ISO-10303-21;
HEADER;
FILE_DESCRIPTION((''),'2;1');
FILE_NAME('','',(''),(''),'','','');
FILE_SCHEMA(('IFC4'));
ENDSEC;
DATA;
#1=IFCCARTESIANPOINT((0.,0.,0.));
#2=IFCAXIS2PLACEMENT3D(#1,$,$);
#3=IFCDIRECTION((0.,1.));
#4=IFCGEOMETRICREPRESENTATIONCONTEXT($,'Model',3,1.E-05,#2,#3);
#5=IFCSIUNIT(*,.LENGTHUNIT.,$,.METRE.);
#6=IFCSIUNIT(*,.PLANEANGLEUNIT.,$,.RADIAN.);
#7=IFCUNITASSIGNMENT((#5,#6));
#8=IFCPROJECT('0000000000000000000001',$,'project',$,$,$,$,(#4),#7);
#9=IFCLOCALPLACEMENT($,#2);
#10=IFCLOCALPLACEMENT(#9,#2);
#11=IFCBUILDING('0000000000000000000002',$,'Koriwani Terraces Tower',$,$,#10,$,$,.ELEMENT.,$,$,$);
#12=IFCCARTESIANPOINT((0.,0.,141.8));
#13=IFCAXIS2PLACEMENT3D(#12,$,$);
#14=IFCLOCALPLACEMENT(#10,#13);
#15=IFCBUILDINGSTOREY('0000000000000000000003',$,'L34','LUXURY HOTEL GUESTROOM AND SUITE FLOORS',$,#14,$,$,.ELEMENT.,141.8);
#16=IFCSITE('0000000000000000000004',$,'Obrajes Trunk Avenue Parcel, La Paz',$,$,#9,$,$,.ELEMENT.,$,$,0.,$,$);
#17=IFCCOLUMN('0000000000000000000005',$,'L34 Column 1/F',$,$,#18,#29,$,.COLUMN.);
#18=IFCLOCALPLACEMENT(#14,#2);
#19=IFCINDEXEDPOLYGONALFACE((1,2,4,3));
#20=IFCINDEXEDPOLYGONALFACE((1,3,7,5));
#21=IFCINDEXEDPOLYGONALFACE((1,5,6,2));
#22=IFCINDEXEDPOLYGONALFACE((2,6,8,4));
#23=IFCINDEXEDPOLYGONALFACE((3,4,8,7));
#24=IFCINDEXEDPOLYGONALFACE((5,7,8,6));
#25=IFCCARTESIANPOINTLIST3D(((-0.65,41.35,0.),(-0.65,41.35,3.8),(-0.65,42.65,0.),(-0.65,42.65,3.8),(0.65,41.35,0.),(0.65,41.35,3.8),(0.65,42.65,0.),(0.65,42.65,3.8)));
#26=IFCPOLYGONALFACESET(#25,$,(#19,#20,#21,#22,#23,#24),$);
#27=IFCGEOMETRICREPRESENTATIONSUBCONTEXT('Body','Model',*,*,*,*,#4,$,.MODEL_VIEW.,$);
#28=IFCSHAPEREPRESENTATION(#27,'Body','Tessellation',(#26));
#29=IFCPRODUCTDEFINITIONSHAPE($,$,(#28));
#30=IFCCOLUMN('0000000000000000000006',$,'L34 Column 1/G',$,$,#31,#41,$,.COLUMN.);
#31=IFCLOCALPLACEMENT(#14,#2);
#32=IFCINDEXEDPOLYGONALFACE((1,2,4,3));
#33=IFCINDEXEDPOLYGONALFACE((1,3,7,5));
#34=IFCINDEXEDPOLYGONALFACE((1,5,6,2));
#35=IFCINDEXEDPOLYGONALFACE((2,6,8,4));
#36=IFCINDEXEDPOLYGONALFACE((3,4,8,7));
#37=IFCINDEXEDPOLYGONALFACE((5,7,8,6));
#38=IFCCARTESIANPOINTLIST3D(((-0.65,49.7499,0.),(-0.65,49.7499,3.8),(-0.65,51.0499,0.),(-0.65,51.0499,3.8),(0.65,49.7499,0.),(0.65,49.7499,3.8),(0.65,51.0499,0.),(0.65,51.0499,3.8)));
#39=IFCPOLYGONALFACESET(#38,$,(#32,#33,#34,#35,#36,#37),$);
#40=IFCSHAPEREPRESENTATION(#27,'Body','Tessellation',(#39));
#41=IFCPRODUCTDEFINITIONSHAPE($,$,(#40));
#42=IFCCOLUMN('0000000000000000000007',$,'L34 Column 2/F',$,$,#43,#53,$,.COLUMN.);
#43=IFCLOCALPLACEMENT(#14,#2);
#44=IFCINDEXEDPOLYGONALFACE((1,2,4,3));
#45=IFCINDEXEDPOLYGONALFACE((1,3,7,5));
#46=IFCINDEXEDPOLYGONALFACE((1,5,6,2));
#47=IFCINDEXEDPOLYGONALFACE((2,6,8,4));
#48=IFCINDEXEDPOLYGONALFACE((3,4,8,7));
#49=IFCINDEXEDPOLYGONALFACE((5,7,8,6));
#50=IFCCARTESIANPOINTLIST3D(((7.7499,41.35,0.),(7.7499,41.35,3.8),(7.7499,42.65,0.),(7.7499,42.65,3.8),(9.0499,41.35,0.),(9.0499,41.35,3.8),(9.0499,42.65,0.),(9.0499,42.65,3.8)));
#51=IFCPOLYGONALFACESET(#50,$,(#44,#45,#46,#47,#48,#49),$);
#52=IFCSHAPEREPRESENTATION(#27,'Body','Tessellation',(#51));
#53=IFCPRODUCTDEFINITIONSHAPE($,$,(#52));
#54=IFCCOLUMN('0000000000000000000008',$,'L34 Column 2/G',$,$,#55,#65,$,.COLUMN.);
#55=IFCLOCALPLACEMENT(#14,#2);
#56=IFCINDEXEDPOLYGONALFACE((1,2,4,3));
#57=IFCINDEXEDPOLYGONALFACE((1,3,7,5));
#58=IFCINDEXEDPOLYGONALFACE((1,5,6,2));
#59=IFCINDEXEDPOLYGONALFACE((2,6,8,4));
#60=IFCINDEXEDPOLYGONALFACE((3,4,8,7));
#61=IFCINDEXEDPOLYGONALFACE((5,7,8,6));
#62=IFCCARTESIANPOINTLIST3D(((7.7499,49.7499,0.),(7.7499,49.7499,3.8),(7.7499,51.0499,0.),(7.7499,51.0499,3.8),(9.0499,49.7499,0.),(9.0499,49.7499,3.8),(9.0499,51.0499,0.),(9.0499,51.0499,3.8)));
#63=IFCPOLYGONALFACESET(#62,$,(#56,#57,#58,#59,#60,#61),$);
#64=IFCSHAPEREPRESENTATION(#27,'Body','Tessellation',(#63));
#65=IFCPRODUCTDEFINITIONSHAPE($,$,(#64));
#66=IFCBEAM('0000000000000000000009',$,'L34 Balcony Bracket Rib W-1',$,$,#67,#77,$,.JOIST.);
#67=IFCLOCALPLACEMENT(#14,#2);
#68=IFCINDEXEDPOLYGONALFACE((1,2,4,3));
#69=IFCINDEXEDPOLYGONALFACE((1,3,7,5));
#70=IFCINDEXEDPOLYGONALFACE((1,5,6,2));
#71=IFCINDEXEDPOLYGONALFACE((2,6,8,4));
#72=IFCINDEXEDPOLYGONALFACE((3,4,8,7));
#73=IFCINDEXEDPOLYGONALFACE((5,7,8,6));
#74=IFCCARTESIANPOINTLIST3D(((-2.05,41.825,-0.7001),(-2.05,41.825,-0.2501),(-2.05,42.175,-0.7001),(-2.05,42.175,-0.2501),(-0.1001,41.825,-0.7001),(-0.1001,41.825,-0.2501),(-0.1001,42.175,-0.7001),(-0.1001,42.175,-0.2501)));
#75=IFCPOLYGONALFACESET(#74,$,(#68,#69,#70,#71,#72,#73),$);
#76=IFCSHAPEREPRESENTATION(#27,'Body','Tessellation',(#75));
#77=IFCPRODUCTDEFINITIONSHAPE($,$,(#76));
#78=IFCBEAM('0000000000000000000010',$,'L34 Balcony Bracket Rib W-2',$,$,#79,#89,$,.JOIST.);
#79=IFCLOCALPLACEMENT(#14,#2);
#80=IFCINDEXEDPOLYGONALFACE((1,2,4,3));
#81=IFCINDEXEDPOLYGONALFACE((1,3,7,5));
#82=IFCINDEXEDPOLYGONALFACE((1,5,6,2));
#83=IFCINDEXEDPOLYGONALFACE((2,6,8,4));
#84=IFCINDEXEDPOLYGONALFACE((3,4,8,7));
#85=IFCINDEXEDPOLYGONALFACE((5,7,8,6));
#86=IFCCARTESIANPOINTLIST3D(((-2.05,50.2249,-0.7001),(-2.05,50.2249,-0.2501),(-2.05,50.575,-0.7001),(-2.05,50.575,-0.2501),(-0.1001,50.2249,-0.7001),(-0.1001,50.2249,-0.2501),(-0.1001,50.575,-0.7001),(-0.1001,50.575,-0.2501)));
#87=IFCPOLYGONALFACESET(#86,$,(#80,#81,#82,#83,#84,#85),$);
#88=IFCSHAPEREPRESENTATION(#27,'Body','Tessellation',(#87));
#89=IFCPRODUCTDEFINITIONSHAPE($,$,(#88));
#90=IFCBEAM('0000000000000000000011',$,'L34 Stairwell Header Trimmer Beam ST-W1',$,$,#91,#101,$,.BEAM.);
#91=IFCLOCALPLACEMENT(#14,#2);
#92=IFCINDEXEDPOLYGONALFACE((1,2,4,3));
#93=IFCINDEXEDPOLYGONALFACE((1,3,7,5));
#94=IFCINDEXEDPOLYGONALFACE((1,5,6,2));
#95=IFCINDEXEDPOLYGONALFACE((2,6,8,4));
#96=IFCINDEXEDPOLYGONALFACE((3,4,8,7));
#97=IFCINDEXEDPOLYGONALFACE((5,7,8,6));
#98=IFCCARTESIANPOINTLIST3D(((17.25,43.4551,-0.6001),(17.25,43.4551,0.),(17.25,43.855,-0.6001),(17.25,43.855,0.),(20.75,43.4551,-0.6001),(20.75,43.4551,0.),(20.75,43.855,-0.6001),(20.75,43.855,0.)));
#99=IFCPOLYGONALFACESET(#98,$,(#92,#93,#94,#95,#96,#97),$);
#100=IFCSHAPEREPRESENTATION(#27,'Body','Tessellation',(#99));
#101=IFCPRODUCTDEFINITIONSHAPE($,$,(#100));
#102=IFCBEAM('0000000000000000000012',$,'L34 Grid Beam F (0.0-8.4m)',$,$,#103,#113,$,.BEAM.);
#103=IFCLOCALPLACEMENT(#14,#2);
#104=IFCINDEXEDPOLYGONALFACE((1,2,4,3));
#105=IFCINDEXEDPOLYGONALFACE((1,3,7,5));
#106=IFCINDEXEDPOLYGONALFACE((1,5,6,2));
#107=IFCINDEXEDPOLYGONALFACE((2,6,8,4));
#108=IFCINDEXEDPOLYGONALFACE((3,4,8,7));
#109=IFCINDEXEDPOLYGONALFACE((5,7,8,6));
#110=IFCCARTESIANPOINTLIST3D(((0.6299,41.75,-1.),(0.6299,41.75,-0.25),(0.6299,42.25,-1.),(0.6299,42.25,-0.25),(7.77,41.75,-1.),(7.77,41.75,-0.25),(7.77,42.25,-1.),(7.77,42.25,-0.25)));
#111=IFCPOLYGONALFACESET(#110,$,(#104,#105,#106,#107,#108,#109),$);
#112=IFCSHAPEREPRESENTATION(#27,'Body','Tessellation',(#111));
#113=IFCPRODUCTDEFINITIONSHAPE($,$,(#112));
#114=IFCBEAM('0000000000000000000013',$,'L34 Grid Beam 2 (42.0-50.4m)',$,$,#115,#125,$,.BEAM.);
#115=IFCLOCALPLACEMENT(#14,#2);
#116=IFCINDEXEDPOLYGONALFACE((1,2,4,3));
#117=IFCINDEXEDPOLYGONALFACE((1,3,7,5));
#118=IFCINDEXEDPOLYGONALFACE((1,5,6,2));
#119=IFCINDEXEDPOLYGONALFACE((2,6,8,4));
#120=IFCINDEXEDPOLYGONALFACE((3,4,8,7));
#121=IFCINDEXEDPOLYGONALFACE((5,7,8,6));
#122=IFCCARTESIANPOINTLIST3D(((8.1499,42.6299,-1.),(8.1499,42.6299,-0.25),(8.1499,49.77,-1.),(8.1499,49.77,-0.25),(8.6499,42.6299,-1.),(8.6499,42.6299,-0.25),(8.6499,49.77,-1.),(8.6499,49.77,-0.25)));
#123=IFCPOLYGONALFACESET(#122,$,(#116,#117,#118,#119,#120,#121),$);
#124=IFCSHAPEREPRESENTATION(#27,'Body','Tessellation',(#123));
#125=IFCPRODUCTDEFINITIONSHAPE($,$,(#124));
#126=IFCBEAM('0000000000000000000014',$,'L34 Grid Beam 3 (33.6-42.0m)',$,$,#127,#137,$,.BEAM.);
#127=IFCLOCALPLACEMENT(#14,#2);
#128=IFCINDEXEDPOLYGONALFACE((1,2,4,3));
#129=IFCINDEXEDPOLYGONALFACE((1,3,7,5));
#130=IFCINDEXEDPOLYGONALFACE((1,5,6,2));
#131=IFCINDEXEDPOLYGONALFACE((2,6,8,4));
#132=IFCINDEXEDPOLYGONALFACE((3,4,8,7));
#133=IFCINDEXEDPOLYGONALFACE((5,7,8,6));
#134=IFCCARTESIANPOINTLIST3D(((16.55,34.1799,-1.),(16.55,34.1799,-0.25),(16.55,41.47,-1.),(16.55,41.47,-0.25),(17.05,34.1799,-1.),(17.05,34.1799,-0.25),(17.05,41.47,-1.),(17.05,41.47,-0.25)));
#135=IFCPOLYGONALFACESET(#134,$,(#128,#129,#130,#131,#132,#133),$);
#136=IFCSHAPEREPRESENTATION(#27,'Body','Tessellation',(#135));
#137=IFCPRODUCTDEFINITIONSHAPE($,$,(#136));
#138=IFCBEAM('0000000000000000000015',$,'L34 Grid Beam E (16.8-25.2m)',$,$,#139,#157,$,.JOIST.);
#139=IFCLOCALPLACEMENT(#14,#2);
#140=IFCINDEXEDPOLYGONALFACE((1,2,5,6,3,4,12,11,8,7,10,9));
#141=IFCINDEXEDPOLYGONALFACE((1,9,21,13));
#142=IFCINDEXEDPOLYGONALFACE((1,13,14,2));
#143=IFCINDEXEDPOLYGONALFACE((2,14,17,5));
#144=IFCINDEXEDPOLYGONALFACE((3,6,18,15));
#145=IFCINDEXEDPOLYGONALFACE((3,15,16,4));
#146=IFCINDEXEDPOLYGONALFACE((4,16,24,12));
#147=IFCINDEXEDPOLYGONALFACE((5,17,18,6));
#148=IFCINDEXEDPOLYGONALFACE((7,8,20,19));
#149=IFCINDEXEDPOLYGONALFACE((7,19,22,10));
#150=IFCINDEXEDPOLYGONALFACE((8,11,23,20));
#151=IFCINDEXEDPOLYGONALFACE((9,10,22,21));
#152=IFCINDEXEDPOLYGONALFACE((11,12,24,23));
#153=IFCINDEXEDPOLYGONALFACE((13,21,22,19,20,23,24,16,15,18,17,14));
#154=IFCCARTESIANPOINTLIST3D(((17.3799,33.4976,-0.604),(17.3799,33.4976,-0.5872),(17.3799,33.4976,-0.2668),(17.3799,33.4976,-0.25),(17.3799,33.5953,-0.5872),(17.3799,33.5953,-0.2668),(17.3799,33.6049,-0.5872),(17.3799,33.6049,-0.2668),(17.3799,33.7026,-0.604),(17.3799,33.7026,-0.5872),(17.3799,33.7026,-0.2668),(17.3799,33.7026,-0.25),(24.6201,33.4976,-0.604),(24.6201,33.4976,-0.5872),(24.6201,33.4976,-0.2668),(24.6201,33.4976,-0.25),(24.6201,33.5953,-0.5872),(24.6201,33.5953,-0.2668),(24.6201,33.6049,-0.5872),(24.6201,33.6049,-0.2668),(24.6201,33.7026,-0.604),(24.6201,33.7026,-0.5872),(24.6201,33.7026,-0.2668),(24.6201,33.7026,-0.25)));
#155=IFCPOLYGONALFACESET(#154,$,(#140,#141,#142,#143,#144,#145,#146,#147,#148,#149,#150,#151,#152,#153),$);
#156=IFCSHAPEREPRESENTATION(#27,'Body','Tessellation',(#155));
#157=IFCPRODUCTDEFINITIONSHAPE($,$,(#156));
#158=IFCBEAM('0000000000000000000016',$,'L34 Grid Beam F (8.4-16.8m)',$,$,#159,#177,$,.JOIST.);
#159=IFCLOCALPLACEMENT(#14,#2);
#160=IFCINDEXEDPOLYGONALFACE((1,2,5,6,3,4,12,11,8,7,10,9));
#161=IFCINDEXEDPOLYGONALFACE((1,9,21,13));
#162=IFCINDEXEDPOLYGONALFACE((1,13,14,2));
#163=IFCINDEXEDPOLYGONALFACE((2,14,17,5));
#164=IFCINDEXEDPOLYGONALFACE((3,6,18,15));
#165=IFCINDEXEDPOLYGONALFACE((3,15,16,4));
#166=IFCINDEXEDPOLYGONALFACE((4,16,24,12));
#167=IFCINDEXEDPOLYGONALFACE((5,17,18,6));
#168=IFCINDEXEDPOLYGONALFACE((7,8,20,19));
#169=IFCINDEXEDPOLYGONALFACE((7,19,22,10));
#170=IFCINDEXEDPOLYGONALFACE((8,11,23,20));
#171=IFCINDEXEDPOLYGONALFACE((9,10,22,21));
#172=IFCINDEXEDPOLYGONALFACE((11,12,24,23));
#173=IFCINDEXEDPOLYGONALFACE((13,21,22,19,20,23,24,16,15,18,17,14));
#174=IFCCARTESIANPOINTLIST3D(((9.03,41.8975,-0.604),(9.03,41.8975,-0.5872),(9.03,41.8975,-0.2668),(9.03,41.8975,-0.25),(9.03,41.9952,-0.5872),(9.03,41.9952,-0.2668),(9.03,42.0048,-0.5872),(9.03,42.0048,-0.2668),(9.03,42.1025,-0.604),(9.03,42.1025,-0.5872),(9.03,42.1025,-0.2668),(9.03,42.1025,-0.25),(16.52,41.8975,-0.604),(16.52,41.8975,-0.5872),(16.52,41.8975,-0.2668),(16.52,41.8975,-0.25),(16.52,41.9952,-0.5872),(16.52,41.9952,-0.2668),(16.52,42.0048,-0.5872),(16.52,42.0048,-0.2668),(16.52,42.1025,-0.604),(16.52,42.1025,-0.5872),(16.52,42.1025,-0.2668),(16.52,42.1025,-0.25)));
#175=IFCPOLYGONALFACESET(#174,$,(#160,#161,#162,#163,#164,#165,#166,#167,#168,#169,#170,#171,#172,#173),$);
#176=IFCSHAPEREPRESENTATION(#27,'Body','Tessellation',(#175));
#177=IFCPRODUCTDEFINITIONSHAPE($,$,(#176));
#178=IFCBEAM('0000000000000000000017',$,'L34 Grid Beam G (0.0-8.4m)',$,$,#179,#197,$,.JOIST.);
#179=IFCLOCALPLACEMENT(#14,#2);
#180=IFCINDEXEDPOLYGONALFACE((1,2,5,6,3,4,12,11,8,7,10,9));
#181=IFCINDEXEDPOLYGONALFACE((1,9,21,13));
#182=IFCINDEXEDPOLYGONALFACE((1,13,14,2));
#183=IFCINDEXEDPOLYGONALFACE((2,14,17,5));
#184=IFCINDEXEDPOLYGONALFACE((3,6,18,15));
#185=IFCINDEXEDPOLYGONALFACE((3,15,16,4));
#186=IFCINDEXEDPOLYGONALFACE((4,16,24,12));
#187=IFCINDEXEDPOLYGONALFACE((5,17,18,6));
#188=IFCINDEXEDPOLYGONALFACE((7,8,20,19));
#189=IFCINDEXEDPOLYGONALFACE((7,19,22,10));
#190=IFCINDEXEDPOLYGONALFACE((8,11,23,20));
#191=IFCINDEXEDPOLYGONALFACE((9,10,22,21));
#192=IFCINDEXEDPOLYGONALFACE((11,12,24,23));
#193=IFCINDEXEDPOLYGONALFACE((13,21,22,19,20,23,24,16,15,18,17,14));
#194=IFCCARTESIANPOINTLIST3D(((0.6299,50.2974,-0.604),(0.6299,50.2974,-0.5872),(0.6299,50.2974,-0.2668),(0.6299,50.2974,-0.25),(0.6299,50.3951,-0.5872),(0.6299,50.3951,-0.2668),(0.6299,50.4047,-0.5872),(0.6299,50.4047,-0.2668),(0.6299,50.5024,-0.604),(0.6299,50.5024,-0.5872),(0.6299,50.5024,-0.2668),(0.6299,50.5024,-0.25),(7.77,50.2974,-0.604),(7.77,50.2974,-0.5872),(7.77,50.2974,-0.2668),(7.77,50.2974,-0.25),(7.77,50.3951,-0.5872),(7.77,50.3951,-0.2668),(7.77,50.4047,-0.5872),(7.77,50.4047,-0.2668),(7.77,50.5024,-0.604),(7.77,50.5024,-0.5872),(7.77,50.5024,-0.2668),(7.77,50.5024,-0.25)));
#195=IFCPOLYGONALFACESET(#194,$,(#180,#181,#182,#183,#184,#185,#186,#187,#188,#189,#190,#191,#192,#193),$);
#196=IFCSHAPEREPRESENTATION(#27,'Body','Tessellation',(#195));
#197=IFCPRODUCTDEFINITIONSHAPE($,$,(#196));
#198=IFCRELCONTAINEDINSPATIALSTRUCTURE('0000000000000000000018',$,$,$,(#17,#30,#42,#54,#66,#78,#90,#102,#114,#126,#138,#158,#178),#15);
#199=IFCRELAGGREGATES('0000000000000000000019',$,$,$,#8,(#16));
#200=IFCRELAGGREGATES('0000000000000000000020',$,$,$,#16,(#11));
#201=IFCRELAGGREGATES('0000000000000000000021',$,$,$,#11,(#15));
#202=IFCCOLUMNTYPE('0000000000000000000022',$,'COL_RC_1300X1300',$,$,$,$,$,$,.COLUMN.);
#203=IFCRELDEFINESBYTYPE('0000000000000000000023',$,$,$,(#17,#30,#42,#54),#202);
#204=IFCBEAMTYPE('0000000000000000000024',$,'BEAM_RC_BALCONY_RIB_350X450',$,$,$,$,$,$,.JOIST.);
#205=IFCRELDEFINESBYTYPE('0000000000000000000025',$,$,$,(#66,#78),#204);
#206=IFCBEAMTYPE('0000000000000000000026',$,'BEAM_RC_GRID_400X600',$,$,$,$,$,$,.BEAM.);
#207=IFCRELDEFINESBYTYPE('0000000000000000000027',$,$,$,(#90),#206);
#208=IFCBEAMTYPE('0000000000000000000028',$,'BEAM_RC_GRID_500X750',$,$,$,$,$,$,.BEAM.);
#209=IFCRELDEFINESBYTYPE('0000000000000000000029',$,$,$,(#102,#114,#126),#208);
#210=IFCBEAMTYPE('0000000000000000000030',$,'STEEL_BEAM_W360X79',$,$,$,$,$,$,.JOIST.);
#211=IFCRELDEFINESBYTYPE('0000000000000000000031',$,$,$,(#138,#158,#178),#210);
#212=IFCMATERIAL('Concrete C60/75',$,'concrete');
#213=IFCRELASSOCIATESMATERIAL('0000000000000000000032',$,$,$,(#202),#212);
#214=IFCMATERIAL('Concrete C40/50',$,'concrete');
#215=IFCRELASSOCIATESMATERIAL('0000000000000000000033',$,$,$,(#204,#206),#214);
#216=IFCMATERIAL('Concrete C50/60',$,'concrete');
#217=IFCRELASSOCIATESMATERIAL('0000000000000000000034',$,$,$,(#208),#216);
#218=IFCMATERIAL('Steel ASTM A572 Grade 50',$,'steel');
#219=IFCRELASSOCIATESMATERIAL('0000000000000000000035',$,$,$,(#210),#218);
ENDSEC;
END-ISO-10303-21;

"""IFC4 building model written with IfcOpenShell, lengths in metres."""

from ifc_helpers import new_model, si_unit, direction, frame, origin, origin_2d, place, context, subcontext, project, spatial, rectangle, i_section, extrude, material, material_profile, profile_set, type_object, element, save


model = new_model("IFC4")

# Units and contexts
model_context = context("Model", 3, precision=1e-05, world=origin(), true_north=direction((0.0, 1.0)))
body_context = subcontext(model_context, "Body", "Model", "MODEL_VIEW")
ifc_project = project(units=[si_unit("LENGTHUNIT", "METRE"), si_unit("PLANEANGLEUNIT", "RADIAN")], contexts=[model_context])

# Site, building, storey
site_placement = place(None, origin())
site = spatial("IfcSite", under=ifc_project, at=site_placement, Name="Obrajes Trunk Avenue Parcel, La Paz", CompositionType="ELEMENT", RefElevation=0.0)
building_placement = place(site_placement, origin())
building = spatial("IfcBuilding", under=site, at=building_placement, Name="Koriwani Terraces Tower", CompositionType="ELEMENT")
storey_placement = place(building_placement, frame((0.0, 0.0, 141.8)))
storey = spatial("IfcBuildingStorey", under=building, at=storey_placement, Name="L34", Description="LUXURY HOTEL GUESTROOM AND SUITE FLOORS", CompositionType="ELEMENT", Elevation=141.8)

# Columns
ifc_material_1 = material(Name="Concrete C60/75", Category="concrete")
ifc_material_profile_1 = material_profile(ifc_material_1, rectangle(XDim=1.3, YDim=1.3, at=origin_2d()), Name="Concrete C60/75", Category="LoadBearing")
ifc_profile_set_1 = profile_set([ifc_material_profile_1], Name="Concrete C60/75")
column_type = type_object("IfcColumnType", Name="COL_RC_1300X1300", PredefinedType="COLUMN", material=ifc_profile_set_1)
for number, where, z_axis, x_axis, name in (
    (1, (0.0, 42.0, 0.0), (0.0, 0.0, 1.0), (1.0, 0.0, 0.0), "L34 Column 1/F"),
    (2, (0.0, 50.3999, 0.0), (0.0, 0.0, 1.0), (1.0, 0.0, 0.0), "L34 Column 1/G"),
    (3, (8.3999, 42.0, 0.0), (0.0, 0.0, 1.0), (1.0, 0.0, 0.0), "L34 Column 2/F"),
    (4, (8.3999, 50.3999, 0.0), (0.0, 0.0, 1.0), (1.0, 0.0, 0.0), "L34 Column 2/G"),
):
    element("IfcColumn", number, at=place(storey_placement, frame(where, z_axis=z_axis, x_axis=x_axis)), inside=storey, type_object=column_type, Name=name, PredefinedType="COLUMN", context=body_context, shape_type="SweptSolid", body=[
        extrude(rectangle(XDim=1.3, YDim=1.3, at=origin_2d()), origin(), (0.0, 0.0, 1.0), 3.8),
    ])

# Beams
ifc_material_2 = material(Name="Concrete C40/50", Category="concrete")
ifc_material_profile_2 = material_profile(ifc_material_2, rectangle(XDim=0.3501, YDim=0.45, at=origin_2d()), Name="Concrete C40/50", Category="LoadBearing")
ifc_profile_set_2 = profile_set([ifc_material_profile_2], Name="Concrete C40/50")
beam_type_1 = type_object("IfcBeamType", Name="BEAM_RC_BALCONY_RIB_350X450", PredefinedType="JOIST", material=ifc_profile_set_2)
for number, where, z_axis, x_axis, name in (
    (5, (-2.05, 42.0, -0.4751), (1.0, 0.0, 0.0), (0.0, 1.0, 0.0), "L34 Balcony Bracket Rib W-1"),
    (6, (-2.05, 50.3999, -0.4751), (1.0, 0.0, 0.0), (0.0, 1.0, 0.0), "L34 Balcony Bracket Rib W-2"),
):
    element("IfcBeam", number, at=place(storey_placement, frame(where, z_axis=z_axis, x_axis=x_axis)), inside=storey, type_object=beam_type_1, Name=name, PredefinedType="JOIST", context=body_context, shape_type="SweptSolid", body=[
        extrude(rectangle(XDim=0.3501, YDim=0.45, at=origin_2d()), origin(), (0.0, 0.0, 1.0), 1.95),
    ])
ifc_material_profile_3 = material_profile(ifc_material_2, rectangle(XDim=0.3999, YDim=0.6001, at=origin_2d()), Name="Concrete C40/50", Category="LoadBearing")
ifc_profile_set_3 = profile_set([ifc_material_profile_3], Name="Concrete C40/50")
beam_type_2 = type_object("IfcBeamType", Name="BEAM_RC_GRID_400X600", PredefinedType="BEAM", material=ifc_profile_set_3)
beam_1_placement = place(storey_placement, frame((17.25, 43.655, -0.3), z_axis=(1.0, 0.0, 0.0), x_axis=(0.0, 1.0, 0.0)))
element("IfcBeam", 7, at=beam_1_placement, inside=storey, type_object=beam_type_2, Name="L34 Stairwell Header Trimmer Beam ST-W1", PredefinedType="BEAM", context=body_context, shape_type="SweptSolid", body=[
    extrude(rectangle(XDim=0.3999, YDim=0.6001, at=origin_2d()), origin(), (0.0, 0.0, 1.0), 3.5),
])
ifc_material_3 = material(Name="Concrete C50/60", Category="concrete")
ifc_material_profile_4 = material_profile(ifc_material_3, rectangle(XDim=0.5, YDim=0.75, at=origin_2d()), Name="Concrete C50/60", Category="LoadBearing")
ifc_profile_set_4 = profile_set([ifc_material_profile_4], Name="Concrete C50/60")
beam_type_3 = type_object("IfcBeamType", Name="BEAM_RC_GRID_500X750", PredefinedType="BEAM", material=ifc_profile_set_4)
for number, where, z_axis, x_axis, name in (
    (8, (0.6299, 42.0, -0.625), (1.0, 0.0, 0.0), (0.0, 1.0, 0.0), "L34 Grid Beam F (0.0-8.4m)"),
    (9, (8.3999, 42.6299, -0.625), (0.0, 1.0, 0.0), (-1.0, 0.0, 0.0), "L34 Grid Beam 2 (42.0-50.4m)"),
):
    element("IfcBeam", number, at=place(storey_placement, frame(where, z_axis=z_axis, x_axis=x_axis)), inside=storey, type_object=beam_type_3, Name=name, PredefinedType="BEAM", context=body_context, shape_type="SweptSolid", body=[
        extrude(rectangle(XDim=0.5, YDim=0.75, at=origin_2d()), origin(), (0.0, 0.0, 1.0), 7.1401),
    ])
beam_2_placement = place(storey_placement, frame((16.8, 34.1799, -0.625), z_axis=(0.0, 1.0, 0.0), x_axis=(-1.0, 0.0, 0.0)))
element("IfcBeam", 10, at=beam_2_placement, inside=storey, type_object=beam_type_3, Name="L34 Grid Beam 3 (33.6-42.0m)", PredefinedType="BEAM", context=body_context, shape_type="SweptSolid", body=[
    extrude(rectangle(XDim=0.5, YDim=0.75, at=origin_2d()), origin(), (0.0, 0.0, 1.0), 7.29),
])
ifc_material_4 = material(Name="Steel ASTM A572 Grade 50", Category="steel")
ifc_material_profile_5 = material_profile(ifc_material_4, i_section(OverallWidth=0.2051, OverallDepth=0.354, WebThickness=0.0095, FlangeThickness=0.0168, at=origin_2d()), Name="Steel ASTM A572 Grade 50", Category="LoadBearing")
ifc_profile_set_5 = profile_set([ifc_material_profile_5], Name="Steel ASTM A572 Grade 50")
beam_type_4 = type_object("IfcBeamType", Name="STEEL_BEAM_W360X79", PredefinedType="JOIST", material=ifc_profile_set_5)
beam_3_placement = place(storey_placement, frame((17.3799, 33.6001, -0.427), z_axis=(1.0, 0.0, 0.0), x_axis=(0.0, 1.0, 0.0)))
element("IfcBeam", 11, at=beam_3_placement, inside=storey, type_object=beam_type_4, Name="L34 Grid Beam E (16.8-25.2m)", PredefinedType="JOIST", context=body_context, shape_type="SweptSolid", body=[
    extrude(i_section(OverallWidth=0.2051, OverallDepth=0.354, WebThickness=0.0095, FlangeThickness=0.0168, at=origin_2d()), origin(), (0.0, 0.0, 1.0), 7.2402),
])
beam_4_placement = place(storey_placement, frame((9.03, 42.0, -0.427), z_axis=(1.0, 0.0, 0.0), x_axis=(0.0, 1.0, 0.0)))
element("IfcBeam", 12, at=beam_4_placement, inside=storey, type_object=beam_type_4, Name="L34 Grid Beam F (8.4-16.8m)", PredefinedType="JOIST", context=body_context, shape_type="SweptSolid", body=[
    extrude(i_section(OverallWidth=0.2051, OverallDepth=0.354, WebThickness=0.0095, FlangeThickness=0.0168, at=origin_2d()), origin(), (0.0, 0.0, 1.0), 7.49),
])
for number, where, z_axis, x_axis, name in (
    (13, (0.6299, 50.3999, -0.427), (1.0, 0.0, 0.0), (0.0, 1.0, 0.0), "L34 Grid Beam G (0.0-8.4m)"),
):
    element("IfcBeam", number, at=place(storey_placement, frame(where, z_axis=z_axis, x_axis=x_axis)), inside=storey, type_object=beam_type_4, Name=name, PredefinedType="JOIST", context=body_context, shape_type="SweptSolid", body=[
        extrude(i_section(OverallWidth=0.2051, OverallDepth=0.354, WebThickness=0.0095, FlangeThickness=0.0168, at=origin_2d()), origin(), (0.0, 0.0, 1.0), 7.1401),
    ])

save(model, "model.ifc")
